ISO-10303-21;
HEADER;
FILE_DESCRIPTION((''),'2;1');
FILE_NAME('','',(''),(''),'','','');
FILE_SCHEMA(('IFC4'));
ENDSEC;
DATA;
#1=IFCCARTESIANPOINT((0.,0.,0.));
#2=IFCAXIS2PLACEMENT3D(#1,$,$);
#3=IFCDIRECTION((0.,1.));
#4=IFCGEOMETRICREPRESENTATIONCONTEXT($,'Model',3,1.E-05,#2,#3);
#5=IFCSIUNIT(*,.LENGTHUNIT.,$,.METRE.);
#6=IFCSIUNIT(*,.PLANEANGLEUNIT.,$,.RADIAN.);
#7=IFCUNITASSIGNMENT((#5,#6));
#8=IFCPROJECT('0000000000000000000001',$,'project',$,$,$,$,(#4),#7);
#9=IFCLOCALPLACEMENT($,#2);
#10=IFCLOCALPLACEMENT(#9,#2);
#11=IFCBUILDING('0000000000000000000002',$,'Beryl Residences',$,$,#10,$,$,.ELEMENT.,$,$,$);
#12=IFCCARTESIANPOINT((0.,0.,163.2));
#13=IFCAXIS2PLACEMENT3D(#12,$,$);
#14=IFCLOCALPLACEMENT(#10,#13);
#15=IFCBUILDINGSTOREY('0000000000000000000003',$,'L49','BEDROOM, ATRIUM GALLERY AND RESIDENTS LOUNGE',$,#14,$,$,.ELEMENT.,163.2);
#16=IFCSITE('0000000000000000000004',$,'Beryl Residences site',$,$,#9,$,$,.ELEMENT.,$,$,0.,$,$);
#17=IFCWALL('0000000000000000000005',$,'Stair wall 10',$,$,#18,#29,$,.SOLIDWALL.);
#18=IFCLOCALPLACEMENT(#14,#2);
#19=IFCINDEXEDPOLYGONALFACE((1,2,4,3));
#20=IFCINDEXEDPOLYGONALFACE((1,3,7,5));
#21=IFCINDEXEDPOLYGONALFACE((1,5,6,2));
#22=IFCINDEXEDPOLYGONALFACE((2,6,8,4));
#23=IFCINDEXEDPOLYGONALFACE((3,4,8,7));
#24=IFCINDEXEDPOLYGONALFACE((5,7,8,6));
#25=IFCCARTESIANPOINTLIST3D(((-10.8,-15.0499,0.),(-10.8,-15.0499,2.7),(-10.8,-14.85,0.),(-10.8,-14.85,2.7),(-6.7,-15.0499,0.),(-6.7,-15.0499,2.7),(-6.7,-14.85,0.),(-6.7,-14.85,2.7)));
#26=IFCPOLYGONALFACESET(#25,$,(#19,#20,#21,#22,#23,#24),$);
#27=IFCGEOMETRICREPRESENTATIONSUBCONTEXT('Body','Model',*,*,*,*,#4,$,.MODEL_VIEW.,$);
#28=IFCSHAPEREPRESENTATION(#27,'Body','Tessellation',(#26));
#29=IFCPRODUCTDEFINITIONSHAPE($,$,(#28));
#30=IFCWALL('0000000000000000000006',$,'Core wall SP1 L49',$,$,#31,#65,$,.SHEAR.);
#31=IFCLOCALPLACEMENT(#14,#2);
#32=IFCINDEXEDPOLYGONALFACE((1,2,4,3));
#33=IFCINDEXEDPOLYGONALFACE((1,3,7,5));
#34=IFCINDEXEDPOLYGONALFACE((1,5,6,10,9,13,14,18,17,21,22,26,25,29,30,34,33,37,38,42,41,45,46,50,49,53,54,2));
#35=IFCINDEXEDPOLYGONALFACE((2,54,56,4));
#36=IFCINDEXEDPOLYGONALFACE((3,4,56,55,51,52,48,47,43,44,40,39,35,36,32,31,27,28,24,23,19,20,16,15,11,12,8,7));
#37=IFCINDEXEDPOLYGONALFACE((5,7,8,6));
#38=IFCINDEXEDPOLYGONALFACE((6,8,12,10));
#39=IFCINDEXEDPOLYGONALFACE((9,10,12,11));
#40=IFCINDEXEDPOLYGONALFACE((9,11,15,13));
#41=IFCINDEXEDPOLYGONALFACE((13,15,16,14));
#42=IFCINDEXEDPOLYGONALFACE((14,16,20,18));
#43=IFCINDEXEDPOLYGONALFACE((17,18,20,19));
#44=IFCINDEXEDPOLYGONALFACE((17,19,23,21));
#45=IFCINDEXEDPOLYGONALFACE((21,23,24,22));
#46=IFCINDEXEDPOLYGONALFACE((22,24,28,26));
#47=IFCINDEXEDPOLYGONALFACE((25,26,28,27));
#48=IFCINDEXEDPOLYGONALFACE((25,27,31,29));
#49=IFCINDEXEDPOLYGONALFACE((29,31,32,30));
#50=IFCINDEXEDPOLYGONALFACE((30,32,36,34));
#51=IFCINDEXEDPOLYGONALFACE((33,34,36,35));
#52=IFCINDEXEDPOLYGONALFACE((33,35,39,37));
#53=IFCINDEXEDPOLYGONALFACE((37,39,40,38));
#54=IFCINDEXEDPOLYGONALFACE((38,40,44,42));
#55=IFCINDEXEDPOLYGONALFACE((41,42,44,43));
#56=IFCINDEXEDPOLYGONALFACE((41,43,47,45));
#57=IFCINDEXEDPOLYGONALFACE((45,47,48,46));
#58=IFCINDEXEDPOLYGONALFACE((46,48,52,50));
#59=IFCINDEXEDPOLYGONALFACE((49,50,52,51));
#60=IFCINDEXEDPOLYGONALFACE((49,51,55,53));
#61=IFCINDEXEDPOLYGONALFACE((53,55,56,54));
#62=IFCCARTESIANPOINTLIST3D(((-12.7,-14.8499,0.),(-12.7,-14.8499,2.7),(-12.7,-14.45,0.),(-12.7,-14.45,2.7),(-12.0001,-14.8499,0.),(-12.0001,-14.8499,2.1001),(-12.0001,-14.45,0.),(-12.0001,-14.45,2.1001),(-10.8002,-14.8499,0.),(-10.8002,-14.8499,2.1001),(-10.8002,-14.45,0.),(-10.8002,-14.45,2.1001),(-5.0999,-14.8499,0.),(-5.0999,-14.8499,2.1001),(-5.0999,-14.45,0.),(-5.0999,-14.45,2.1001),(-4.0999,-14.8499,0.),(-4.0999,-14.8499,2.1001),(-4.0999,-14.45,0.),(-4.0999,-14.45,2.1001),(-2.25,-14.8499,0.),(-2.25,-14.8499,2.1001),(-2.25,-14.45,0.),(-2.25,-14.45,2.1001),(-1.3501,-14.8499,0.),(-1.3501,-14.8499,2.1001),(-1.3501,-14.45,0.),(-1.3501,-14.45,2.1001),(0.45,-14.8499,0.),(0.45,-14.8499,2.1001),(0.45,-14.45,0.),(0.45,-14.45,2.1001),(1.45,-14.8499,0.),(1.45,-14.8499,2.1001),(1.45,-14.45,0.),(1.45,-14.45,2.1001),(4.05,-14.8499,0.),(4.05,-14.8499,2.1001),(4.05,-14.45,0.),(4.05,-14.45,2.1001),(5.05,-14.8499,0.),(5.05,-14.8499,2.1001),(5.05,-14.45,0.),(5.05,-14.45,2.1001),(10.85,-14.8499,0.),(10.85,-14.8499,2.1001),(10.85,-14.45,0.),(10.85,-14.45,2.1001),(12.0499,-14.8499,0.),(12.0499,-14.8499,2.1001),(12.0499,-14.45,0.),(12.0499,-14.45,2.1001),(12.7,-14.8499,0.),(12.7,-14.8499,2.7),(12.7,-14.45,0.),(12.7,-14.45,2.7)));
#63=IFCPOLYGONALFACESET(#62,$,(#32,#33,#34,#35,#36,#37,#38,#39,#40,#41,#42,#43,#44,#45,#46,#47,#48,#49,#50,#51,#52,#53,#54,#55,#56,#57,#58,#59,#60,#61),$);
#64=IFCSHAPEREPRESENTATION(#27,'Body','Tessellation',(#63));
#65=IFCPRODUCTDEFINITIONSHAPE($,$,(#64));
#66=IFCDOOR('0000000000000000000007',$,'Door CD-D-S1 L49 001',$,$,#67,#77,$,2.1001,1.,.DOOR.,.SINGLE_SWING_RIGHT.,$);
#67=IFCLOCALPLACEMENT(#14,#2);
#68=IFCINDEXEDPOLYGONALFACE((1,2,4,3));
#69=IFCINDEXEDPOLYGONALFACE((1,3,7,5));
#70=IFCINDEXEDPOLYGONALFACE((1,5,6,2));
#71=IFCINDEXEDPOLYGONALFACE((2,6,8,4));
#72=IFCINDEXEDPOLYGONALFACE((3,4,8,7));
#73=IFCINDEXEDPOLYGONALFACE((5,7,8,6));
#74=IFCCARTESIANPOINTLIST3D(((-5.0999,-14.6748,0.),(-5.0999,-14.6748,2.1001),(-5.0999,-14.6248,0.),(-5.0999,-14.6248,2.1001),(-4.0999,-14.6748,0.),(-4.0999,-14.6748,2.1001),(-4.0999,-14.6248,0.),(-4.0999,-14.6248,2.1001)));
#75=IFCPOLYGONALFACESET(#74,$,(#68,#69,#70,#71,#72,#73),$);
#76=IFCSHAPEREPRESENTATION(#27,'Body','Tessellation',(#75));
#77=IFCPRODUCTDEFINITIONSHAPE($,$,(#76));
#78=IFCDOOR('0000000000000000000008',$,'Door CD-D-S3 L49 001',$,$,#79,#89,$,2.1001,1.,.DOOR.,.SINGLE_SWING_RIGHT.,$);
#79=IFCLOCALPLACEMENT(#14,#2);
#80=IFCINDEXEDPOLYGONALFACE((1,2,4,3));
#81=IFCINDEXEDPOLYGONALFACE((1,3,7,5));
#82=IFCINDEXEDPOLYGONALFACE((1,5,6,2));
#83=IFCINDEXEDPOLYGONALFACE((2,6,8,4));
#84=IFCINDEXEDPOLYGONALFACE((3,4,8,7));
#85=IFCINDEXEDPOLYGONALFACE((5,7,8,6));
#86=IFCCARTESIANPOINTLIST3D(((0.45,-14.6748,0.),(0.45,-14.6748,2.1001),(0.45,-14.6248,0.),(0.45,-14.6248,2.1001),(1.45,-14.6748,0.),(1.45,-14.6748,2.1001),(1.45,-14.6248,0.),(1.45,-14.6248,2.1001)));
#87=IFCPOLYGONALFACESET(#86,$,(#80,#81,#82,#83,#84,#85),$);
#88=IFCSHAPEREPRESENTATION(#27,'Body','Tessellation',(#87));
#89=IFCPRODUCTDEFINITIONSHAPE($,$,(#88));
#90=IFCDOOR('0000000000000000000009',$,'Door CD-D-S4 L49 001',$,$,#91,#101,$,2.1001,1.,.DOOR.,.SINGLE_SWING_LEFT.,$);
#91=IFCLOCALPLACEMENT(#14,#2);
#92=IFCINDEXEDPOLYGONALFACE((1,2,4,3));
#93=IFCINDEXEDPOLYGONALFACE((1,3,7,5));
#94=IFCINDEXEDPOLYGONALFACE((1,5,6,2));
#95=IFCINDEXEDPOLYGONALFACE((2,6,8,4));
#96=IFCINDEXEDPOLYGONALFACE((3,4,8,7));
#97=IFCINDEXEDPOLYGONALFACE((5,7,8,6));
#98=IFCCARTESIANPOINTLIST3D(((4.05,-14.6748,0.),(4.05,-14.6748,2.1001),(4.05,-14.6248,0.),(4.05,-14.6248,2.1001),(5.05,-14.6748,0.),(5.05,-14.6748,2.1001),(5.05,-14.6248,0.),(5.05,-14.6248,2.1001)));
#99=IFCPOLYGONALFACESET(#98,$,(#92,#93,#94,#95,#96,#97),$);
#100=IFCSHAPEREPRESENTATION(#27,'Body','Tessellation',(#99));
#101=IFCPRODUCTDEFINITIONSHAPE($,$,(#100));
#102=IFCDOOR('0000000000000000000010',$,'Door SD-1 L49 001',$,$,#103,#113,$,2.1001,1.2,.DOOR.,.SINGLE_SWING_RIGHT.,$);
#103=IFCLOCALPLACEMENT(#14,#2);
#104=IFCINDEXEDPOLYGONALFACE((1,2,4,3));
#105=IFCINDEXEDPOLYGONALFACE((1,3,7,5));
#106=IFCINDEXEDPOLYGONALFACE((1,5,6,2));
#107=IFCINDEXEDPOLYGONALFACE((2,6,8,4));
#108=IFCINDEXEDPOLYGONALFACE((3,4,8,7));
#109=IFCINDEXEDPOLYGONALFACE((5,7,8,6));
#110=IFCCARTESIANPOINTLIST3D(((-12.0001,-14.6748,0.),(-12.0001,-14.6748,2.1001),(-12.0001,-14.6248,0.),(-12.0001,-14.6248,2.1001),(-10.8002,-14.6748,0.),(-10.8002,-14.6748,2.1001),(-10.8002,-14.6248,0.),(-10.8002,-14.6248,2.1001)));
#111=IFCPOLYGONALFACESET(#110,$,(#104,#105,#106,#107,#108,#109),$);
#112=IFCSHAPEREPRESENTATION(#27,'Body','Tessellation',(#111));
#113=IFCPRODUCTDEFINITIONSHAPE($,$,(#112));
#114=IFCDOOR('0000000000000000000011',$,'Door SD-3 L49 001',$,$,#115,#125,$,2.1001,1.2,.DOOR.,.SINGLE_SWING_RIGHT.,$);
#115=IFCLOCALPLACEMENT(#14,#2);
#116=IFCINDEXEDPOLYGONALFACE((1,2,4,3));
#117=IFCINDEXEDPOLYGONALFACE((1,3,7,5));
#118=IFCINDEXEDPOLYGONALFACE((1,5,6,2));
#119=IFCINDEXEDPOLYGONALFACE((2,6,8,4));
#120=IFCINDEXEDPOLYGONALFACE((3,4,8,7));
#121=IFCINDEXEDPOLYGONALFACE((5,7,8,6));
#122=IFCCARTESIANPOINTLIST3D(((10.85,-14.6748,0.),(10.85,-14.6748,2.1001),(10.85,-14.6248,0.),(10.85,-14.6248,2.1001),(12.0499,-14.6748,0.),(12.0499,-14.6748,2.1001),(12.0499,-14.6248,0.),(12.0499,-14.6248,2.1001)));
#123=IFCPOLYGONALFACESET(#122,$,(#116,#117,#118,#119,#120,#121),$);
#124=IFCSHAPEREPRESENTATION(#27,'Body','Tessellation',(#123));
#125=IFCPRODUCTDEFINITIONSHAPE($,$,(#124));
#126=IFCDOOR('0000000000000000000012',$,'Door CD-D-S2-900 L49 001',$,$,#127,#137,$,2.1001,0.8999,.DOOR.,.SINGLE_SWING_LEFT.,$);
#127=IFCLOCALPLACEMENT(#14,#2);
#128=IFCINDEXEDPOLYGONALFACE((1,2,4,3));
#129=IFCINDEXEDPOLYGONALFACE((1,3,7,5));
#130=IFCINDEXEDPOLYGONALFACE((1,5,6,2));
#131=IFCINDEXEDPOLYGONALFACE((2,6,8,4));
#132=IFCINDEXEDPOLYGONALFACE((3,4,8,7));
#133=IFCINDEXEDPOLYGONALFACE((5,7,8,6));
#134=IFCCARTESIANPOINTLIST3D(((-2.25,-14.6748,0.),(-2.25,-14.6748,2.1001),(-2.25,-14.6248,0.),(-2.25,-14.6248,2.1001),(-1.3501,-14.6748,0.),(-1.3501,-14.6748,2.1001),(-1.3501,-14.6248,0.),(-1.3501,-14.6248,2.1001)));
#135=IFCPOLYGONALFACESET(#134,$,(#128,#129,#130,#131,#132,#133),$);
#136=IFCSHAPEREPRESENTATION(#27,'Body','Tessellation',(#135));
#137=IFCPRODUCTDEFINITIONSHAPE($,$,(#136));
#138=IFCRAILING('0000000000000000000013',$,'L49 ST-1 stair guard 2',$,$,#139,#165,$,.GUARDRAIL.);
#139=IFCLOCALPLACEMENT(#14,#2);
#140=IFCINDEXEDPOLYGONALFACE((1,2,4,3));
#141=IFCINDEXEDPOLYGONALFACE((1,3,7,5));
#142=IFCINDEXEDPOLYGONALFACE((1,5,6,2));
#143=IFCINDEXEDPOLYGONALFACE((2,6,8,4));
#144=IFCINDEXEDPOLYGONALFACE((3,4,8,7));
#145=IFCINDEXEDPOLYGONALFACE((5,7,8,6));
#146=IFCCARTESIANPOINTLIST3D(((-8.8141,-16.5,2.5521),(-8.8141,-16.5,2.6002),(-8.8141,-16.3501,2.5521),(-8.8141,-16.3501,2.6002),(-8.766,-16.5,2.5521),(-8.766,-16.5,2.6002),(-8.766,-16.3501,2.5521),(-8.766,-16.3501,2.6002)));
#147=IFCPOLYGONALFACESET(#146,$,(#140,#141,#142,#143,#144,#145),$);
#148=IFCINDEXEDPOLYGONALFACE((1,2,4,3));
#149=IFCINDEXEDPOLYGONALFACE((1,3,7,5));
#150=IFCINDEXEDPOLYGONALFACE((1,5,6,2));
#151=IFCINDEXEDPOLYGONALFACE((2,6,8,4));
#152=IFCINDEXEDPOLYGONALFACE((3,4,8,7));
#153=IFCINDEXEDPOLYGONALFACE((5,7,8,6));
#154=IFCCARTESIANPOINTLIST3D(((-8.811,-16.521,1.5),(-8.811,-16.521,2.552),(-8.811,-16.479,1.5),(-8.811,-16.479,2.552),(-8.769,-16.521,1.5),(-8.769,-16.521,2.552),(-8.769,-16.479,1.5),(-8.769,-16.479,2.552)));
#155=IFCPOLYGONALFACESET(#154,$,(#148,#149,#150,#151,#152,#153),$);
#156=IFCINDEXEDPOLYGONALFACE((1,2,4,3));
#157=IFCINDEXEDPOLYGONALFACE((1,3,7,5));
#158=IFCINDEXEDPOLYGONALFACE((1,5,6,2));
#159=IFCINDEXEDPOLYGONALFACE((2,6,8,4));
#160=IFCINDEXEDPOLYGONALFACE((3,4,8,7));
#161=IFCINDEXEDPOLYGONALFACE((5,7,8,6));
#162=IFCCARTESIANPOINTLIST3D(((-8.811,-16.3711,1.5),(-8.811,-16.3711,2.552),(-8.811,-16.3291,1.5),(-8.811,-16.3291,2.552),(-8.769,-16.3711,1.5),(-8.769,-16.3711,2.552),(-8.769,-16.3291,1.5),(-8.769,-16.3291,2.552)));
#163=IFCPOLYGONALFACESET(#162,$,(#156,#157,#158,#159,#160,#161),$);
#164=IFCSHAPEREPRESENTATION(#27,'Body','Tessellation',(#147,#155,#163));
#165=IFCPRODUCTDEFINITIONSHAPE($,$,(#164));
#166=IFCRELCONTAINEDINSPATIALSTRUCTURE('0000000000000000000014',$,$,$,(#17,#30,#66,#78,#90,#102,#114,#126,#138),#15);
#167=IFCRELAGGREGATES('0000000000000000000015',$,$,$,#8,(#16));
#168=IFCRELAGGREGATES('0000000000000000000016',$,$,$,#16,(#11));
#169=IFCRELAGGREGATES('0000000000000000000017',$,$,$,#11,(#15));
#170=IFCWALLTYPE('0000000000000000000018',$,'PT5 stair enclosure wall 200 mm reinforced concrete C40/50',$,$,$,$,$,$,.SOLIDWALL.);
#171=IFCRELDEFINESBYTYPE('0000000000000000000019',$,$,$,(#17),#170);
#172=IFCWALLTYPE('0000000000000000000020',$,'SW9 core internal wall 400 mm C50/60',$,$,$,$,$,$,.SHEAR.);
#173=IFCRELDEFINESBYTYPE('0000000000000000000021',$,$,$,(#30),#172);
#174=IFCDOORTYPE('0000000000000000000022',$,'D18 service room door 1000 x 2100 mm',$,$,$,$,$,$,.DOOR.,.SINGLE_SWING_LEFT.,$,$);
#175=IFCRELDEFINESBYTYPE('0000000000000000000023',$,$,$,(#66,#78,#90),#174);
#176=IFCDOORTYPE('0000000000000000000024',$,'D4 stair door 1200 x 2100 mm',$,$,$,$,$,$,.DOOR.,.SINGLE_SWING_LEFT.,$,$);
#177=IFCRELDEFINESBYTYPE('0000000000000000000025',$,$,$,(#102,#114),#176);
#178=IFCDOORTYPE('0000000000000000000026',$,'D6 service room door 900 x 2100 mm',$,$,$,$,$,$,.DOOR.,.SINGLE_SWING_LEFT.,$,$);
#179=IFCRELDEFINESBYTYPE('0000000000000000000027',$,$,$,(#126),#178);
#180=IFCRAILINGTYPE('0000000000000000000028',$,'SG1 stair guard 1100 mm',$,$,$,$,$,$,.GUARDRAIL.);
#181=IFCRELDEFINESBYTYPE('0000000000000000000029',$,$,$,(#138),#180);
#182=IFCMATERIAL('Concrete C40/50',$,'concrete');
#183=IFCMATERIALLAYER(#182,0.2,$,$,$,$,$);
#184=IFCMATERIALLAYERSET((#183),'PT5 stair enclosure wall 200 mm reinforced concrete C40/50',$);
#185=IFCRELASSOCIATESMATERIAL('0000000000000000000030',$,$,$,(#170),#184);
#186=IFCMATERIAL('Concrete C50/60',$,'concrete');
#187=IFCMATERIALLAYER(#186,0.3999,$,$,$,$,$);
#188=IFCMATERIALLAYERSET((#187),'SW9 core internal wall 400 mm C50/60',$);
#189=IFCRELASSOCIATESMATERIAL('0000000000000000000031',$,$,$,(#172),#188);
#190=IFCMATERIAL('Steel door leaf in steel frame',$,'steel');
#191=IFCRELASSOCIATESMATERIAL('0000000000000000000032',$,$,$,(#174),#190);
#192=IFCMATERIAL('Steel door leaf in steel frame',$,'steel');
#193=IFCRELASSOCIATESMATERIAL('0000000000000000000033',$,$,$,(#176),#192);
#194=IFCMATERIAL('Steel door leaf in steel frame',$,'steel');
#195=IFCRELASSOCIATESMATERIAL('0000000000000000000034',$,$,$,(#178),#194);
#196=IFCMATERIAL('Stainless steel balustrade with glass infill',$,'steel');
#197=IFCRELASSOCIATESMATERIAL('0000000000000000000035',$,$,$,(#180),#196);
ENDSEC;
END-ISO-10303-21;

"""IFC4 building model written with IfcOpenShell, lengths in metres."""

from ifc_helpers import new_model, si_unit, direction, frame, frame_2d, origin, origin_2d, place, context, subcontext, project, spatial, rectangle, extrude, material, layer, layer_set, type_object, element, fill, save


model = new_model("IFC4")

# Units and contexts
model_context = context("Model", 3, precision=1e-05, world=origin(), true_north=direction((0.0, 1.0)))
body_context = subcontext(model_context, "Body", "Model", "MODEL_VIEW")
ifc_project = project(units=[si_unit("LENGTHUNIT", "METRE"), si_unit("PLANEANGLEUNIT", "RADIAN")], contexts=[model_context])

# Site, building, storey
site_placement = place(None, origin())
site = spatial("IfcSite", under=ifc_project, at=site_placement, Name="Beryl Residences site", CompositionType="ELEMENT", RefElevation=0.0)
building_placement = place(site_placement, origin())
building = spatial("IfcBuilding", under=site, at=building_placement, Name="Beryl Residences", CompositionType="ELEMENT")
storey_placement = place(building_placement, frame((0.0, 0.0, 163.2)))
storey = spatial("IfcBuildingStorey", under=building, at=storey_placement, Name="L49", Description="BEDROOM, ATRIUM GALLERY AND RESIDENTS LOUNGE", CompositionType="ELEMENT", Elevation=163.2)

# Wall
ifc_material_1 = material(Name="Concrete C40/50", Category="concrete")
ifc_layer_1 = layer(ifc_material_1, 0.2)
ifc_layer_set_1 = layer_set([ifc_layer_1], Name="PT5 stair enclosure wall 200 mm reinforced concrete C40/50")
wall_type_1 = type_object("IfcWallType", Name="PT5 stair enclosure wall 200 mm reinforced concrete C40/50", PredefinedType="SOLIDWALL", material=ifc_layer_set_1)
wall_1_placement = place(storey_placement, frame((-10.8, -14.95, 0.0), z_axis=(0.0, 0.0, 1.0), x_axis=(1.0, 0.0, 0.0)))
element("IfcWall", 1, at=wall_1_placement, inside=storey, type_object=wall_type_1, Name="Stair wall 10", PredefinedType="SOLIDWALL", context=body_context, shape_type="SweptSolid", body=[
    extrude(rectangle(XDim=4.1001, YDim=0.2, at=frame_2d((2.05, 0.0))), origin(), (0.0, 0.0, 1.0), 2.7),
])

# Wall, openings, doors
ifc_material_2 = material(Name="Concrete C50/60", Category="concrete")
ifc_layer_2 = layer(ifc_material_2, 0.3999)
ifc_layer_set_2 = layer_set([ifc_layer_2], Name="SW9 core internal wall 400 mm C50/60")
wall_type_2 = type_object("IfcWallType", Name="SW9 core internal wall 400 mm C50/60", PredefinedType="SHEAR", material=ifc_layer_set_2)
wall_2_placement = place(storey_placement, frame((-12.7, -14.6499, 0.0), z_axis=(0.0, 0.0, 1.0), x_axis=(1.0, 0.0, 0.0)))
wall_2 = element("IfcWall", 2, at=wall_2_placement, inside=storey, type_object=wall_type_2, Name="Core wall SP1 L49", PredefinedType="SHEAR", context=body_context, shape_type="SweptSolid", body=[
    extrude(rectangle(XDim=25.3999, YDim=0.3999, at=frame_2d((12.7, 0.0))), origin(), (0.0, 0.0, 1.0), 2.7),
])
opening_1_placement = place(wall_2_placement, frame((1.8999, 0.0, 0.0), z_axis=(0.0, 0.0, 1.0), x_axis=(-1.0, 0.0, 0.0)))
opening_1 = element("IfcOpeningElement", 3, at=opening_1_placement, cuts=wall_2, PredefinedType="OPENING", context=body_context, shape_type="SweptSolid", body=[
    extrude(rectangle(XDim=1.2, YDim=2.1001, at=frame_2d((0.6001, 1.05))), frame((0.0, 0.21, 0.0), z_axis=(0.0, -1.0, 0.0), x_axis=(1.0, 0.0, 0.0)), (0.0, 0.0, 1.0), 0.4199),
])
opening_2_placement = place(wall_2_placement, frame((24.75, 0.0, 0.0), z_axis=(0.0, 0.0, 1.0), x_axis=(-1.0, 0.0, 0.0)))
opening_2 = element("IfcOpeningElement", 4, at=opening_2_placement, cuts=wall_2, PredefinedType="OPENING", context=body_context, shape_type="SweptSolid", body=[
    extrude(rectangle(XDim=1.2, YDim=2.1001, at=frame_2d((0.6001, 1.05))), frame((0.0, 0.21, 0.0), z_axis=(0.0, -1.0, 0.0), x_axis=(1.0, 0.0, 0.0)), (0.0, 0.0, 1.0), 0.4199),
])
opening_3_placement = place(wall_2_placement, frame((8.6001, 0.0, 0.0), z_axis=(0.0, 0.0, 1.0), x_axis=(-1.0, 0.0, 0.0)))
opening_3 = element("IfcOpeningElement", 5, at=opening_3_placement, cuts=wall_2, PredefinedType="OPENING", context=body_context, shape_type="SweptSolid", body=[
    extrude(rectangle(XDim=1.0, YDim=2.1001, at=frame_2d((0.5, 1.05))), frame((0.0, 0.21, 0.0), z_axis=(0.0, -1.0, 0.0), x_axis=(1.0, 0.0, 0.0)), (0.0, 0.0, 1.0), 0.4199),
])
opening_4_placement = place(wall_2_placement, frame((11.3499, 0.0, 0.0), z_axis=(0.0, 0.0, 1.0), x_axis=(-1.0, 0.0, 0.0)))
opening_4 = element("IfcOpeningElement", 6, at=opening_4_placement, cuts=wall_2, PredefinedType="OPENING", context=body_context, shape_type="SweptSolid", body=[
    extrude(rectangle(XDim=0.8999, YDim=2.1001, at=frame_2d((0.45, 1.05))), frame((0.0, 0.21, 0.0), z_axis=(0.0, -1.0, 0.0), x_axis=(1.0, 0.0, 0.0)), (0.0, 0.0, 1.0), 0.4199),
])
opening_5_placement = place(wall_2_placement, frame((14.1499, 0.0, 0.0), z_axis=(0.0, 0.0, 1.0), x_axis=(-1.0, 0.0, 0.0)))
opening_5 = element("IfcOpeningElement", 7, at=opening_5_placement, cuts=wall_2, PredefinedType="OPENING", context=body_context, shape_type="SweptSolid", body=[
    extrude(rectangle(XDim=1.0, YDim=2.1001, at=frame_2d((0.5, 1.05))), frame((0.0, 0.21, 0.0), z_axis=(0.0, -1.0, 0.0), x_axis=(1.0, 0.0, 0.0)), (0.0, 0.0, 1.0), 0.4199),
])
opening_6_placement = place(wall_2_placement, frame((17.75, 0.0, 0.0), z_axis=(0.0, 0.0, 1.0), x_axis=(-1.0, 0.0, 0.0)))
opening_6 = element("IfcOpeningElement", 8, at=opening_6_placement, cuts=wall_2, PredefinedType="OPENING", context=body_context, shape_type="SweptSolid", body=[
    extrude(rectangle(XDim=1.0, YDim=2.1001, at=frame_2d((0.5, 1.05))), frame((0.0, 0.21, 0.0), z_axis=(0.0, -1.0, 0.0), x_axis=(1.0, 0.0, 0.0)), (0.0, 0.0, 1.0), 0.4199),
])
ifc_material_3 = material(Name="Steel door leaf in steel frame", Category="steel")
door_type_1 = type_object("IfcDoorType", Name="D18 service room door 1000 x 2100 mm", OperationType="SINGLE_SWING_LEFT", PredefinedType="DOOR", material=ifc_material_3)
door_1_placement = place(opening_3_placement, origin())
door_1 = element("IfcDoor", 9, at=door_1_placement, inside=storey, type_object=door_type_1, Name="Door CD-D-S1 L49 001", OperationType="SINGLE_SWING_RIGHT", OverallHeight=2.1001, OverallWidth=1.0, PredefinedType="DOOR", context=body_context, shape_type="SweptSolid", body=[
    extrude(rectangle(XDim=1.0, YDim=2.1001, at=frame_2d((0.5, 1.05))), frame((0.0, 0.0249, 0.0), z_axis=(0.0, -1.0, 0.0), x_axis=(1.0, 0.0, 0.0)), (0.0, 0.0, 1.0), 0.05),
])
fill(opening_3, door_1)
door_2_placement = place(opening_5_placement, origin())
door_2 = element("IfcDoor", 10, at=door_2_placement, inside=storey, type_object=door_type_1, Name="Door CD-D-S3 L49 001", OperationType="SINGLE_SWING_RIGHT", OverallHeight=2.1001, OverallWidth=1.0, PredefinedType="DOOR", context=body_context, shape_type="SweptSolid", body=[
    extrude(rectangle(XDim=1.0, YDim=2.1001, at=frame_2d((0.5, 1.05))), frame((0.0, 0.0249, 0.0), z_axis=(0.0, -1.0, 0.0), x_axis=(1.0, 0.0, 0.0)), (0.0, 0.0, 1.0), 0.05),
])
fill(opening_5, door_2)
door_3_placement = place(opening_6_placement, origin())
door_3 = element("IfcDoor", 11, at=door_3_placement, inside=storey, type_object=door_type_1, Name="Door CD-D-S4 L49 001", OperationType="SINGLE_SWING_LEFT", OverallHeight=2.1001, OverallWidth=1.0, PredefinedType="DOOR", context=body_context, shape_type="SweptSolid", body=[
    extrude(rectangle(XDim=1.0, YDim=2.1001, at=frame_2d((0.5, 1.05))), frame((0.0, 0.0249, 0.0), z_axis=(0.0, -1.0, 0.0), x_axis=(1.0, 0.0, 0.0)), (0.0, 0.0, 1.0), 0.05),
])
fill(opening_6, door_3)
ifc_material_4 = material(Name="Steel door leaf in steel frame", Category="steel")
door_type_2 = type_object("IfcDoorType", Name="D4 stair door 1200 x 2100 mm", OperationType="SINGLE_SWING_LEFT", PredefinedType="DOOR", material=ifc_material_4)
door_4_placement = place(opening_1_placement, origin())
door_4 = element("IfcDoor", 12, at=door_4_placement, inside=storey, type_object=door_type_2, Name="Door SD-1 L49 001", OperationType="SINGLE_SWING_RIGHT", OverallHeight=2.1001, OverallWidth=1.2, PredefinedType="DOOR", context=body_context, shape_type="SweptSolid", body=[
    extrude(rectangle(XDim=1.2, YDim=2.1001, at=frame_2d((0.6001, 1.05))), frame((0.0, 0.0249, 0.0), z_axis=(0.0, -1.0, 0.0), x_axis=(1.0, 0.0, 0.0)), (0.0, 0.0, 1.0), 0.05),
])
fill(opening_1, door_4)
door_5_placement = place(opening_2_placement, origin())
door_5 = element("IfcDoor", 13, at=door_5_placement, inside=storey, type_object=door_type_2, Name="Door SD-3 L49 001", OperationType="SINGLE_SWING_RIGHT", OverallHeight=2.1001, OverallWidth=1.2, PredefinedType="DOOR", context=body_context, shape_type="SweptSolid", body=[
    extrude(rectangle(XDim=1.2, YDim=2.1001, at=frame_2d((0.6001, 1.05))), frame((0.0, 0.0249, 0.0), z_axis=(0.0, -1.0, 0.0), x_axis=(1.0, 0.0, 0.0)), (0.0, 0.0, 1.0), 0.05),
])
fill(opening_2, door_5)
ifc_material_5 = material(Name="Steel door leaf in steel frame", Category="steel")
door_type_3 = type_object("IfcDoorType", Name="D6 service room door 900 x 2100 mm", OperationType="SINGLE_SWING_LEFT", PredefinedType="DOOR", material=ifc_material_5)
door_6_placement = place(opening_4_placement, origin())
door_6 = element("IfcDoor", 14, at=door_6_placement, inside=storey, type_object=door_type_3, Name="Door CD-D-S2-900 L49 001", OperationType="SINGLE_SWING_LEFT", OverallHeight=2.1001, OverallWidth=0.8999, PredefinedType="DOOR", context=body_context, shape_type="SweptSolid", body=[
    extrude(rectangle(XDim=0.8999, YDim=2.1001, at=frame_2d((0.45, 1.05))), frame((0.0, 0.0249, 0.0), z_axis=(0.0, -1.0, 0.0), x_axis=(1.0, 0.0, 0.0)), (0.0, 0.0, 1.0), 0.05),
])
fill(opening_4, door_6)

# Railing
ifc_material_6 = material(Name="Stainless steel balustrade with glass infill", Category="steel")
railing_type_1 = type_object("IfcRailingType", Name="SG1 stair guard 1100 mm", PredefinedType="GUARDRAIL", material=ifc_material_6)
railing_1_placement = place(storey_placement, frame((-8.79, -16.5, 1.5)))
element("IfcRailing", 15, at=railing_1_placement, inside=storey, type_object=railing_type_1, Name="L49 ST-1 stair guard 2", PredefinedType="GUARDRAIL", context=body_context, shape_type="SweptSolid", body=[
    extrude(rectangle(XDim=0.0481, YDim=0.0481, at=origin_2d()), frame((0.0, 0.0, 1.0762), z_axis=(0.0, 1.0, 0.0), x_axis=(-1.0, 0.0, 0.0)), (0.0, 0.0, 1.0), 0.1499),
    extrude(rectangle(XDim=0.042, YDim=0.042, at=origin_2d()), origin(), (0.0, 0.0, 1.0), 1.052),
    extrude(rectangle(XDim=0.042, YDim=0.042, at=origin_2d()), frame((0.0, 0.1499, 0.0)), (0.0, 0.0, 1.0), 1.052),
])

save(model, "model.ifc")
